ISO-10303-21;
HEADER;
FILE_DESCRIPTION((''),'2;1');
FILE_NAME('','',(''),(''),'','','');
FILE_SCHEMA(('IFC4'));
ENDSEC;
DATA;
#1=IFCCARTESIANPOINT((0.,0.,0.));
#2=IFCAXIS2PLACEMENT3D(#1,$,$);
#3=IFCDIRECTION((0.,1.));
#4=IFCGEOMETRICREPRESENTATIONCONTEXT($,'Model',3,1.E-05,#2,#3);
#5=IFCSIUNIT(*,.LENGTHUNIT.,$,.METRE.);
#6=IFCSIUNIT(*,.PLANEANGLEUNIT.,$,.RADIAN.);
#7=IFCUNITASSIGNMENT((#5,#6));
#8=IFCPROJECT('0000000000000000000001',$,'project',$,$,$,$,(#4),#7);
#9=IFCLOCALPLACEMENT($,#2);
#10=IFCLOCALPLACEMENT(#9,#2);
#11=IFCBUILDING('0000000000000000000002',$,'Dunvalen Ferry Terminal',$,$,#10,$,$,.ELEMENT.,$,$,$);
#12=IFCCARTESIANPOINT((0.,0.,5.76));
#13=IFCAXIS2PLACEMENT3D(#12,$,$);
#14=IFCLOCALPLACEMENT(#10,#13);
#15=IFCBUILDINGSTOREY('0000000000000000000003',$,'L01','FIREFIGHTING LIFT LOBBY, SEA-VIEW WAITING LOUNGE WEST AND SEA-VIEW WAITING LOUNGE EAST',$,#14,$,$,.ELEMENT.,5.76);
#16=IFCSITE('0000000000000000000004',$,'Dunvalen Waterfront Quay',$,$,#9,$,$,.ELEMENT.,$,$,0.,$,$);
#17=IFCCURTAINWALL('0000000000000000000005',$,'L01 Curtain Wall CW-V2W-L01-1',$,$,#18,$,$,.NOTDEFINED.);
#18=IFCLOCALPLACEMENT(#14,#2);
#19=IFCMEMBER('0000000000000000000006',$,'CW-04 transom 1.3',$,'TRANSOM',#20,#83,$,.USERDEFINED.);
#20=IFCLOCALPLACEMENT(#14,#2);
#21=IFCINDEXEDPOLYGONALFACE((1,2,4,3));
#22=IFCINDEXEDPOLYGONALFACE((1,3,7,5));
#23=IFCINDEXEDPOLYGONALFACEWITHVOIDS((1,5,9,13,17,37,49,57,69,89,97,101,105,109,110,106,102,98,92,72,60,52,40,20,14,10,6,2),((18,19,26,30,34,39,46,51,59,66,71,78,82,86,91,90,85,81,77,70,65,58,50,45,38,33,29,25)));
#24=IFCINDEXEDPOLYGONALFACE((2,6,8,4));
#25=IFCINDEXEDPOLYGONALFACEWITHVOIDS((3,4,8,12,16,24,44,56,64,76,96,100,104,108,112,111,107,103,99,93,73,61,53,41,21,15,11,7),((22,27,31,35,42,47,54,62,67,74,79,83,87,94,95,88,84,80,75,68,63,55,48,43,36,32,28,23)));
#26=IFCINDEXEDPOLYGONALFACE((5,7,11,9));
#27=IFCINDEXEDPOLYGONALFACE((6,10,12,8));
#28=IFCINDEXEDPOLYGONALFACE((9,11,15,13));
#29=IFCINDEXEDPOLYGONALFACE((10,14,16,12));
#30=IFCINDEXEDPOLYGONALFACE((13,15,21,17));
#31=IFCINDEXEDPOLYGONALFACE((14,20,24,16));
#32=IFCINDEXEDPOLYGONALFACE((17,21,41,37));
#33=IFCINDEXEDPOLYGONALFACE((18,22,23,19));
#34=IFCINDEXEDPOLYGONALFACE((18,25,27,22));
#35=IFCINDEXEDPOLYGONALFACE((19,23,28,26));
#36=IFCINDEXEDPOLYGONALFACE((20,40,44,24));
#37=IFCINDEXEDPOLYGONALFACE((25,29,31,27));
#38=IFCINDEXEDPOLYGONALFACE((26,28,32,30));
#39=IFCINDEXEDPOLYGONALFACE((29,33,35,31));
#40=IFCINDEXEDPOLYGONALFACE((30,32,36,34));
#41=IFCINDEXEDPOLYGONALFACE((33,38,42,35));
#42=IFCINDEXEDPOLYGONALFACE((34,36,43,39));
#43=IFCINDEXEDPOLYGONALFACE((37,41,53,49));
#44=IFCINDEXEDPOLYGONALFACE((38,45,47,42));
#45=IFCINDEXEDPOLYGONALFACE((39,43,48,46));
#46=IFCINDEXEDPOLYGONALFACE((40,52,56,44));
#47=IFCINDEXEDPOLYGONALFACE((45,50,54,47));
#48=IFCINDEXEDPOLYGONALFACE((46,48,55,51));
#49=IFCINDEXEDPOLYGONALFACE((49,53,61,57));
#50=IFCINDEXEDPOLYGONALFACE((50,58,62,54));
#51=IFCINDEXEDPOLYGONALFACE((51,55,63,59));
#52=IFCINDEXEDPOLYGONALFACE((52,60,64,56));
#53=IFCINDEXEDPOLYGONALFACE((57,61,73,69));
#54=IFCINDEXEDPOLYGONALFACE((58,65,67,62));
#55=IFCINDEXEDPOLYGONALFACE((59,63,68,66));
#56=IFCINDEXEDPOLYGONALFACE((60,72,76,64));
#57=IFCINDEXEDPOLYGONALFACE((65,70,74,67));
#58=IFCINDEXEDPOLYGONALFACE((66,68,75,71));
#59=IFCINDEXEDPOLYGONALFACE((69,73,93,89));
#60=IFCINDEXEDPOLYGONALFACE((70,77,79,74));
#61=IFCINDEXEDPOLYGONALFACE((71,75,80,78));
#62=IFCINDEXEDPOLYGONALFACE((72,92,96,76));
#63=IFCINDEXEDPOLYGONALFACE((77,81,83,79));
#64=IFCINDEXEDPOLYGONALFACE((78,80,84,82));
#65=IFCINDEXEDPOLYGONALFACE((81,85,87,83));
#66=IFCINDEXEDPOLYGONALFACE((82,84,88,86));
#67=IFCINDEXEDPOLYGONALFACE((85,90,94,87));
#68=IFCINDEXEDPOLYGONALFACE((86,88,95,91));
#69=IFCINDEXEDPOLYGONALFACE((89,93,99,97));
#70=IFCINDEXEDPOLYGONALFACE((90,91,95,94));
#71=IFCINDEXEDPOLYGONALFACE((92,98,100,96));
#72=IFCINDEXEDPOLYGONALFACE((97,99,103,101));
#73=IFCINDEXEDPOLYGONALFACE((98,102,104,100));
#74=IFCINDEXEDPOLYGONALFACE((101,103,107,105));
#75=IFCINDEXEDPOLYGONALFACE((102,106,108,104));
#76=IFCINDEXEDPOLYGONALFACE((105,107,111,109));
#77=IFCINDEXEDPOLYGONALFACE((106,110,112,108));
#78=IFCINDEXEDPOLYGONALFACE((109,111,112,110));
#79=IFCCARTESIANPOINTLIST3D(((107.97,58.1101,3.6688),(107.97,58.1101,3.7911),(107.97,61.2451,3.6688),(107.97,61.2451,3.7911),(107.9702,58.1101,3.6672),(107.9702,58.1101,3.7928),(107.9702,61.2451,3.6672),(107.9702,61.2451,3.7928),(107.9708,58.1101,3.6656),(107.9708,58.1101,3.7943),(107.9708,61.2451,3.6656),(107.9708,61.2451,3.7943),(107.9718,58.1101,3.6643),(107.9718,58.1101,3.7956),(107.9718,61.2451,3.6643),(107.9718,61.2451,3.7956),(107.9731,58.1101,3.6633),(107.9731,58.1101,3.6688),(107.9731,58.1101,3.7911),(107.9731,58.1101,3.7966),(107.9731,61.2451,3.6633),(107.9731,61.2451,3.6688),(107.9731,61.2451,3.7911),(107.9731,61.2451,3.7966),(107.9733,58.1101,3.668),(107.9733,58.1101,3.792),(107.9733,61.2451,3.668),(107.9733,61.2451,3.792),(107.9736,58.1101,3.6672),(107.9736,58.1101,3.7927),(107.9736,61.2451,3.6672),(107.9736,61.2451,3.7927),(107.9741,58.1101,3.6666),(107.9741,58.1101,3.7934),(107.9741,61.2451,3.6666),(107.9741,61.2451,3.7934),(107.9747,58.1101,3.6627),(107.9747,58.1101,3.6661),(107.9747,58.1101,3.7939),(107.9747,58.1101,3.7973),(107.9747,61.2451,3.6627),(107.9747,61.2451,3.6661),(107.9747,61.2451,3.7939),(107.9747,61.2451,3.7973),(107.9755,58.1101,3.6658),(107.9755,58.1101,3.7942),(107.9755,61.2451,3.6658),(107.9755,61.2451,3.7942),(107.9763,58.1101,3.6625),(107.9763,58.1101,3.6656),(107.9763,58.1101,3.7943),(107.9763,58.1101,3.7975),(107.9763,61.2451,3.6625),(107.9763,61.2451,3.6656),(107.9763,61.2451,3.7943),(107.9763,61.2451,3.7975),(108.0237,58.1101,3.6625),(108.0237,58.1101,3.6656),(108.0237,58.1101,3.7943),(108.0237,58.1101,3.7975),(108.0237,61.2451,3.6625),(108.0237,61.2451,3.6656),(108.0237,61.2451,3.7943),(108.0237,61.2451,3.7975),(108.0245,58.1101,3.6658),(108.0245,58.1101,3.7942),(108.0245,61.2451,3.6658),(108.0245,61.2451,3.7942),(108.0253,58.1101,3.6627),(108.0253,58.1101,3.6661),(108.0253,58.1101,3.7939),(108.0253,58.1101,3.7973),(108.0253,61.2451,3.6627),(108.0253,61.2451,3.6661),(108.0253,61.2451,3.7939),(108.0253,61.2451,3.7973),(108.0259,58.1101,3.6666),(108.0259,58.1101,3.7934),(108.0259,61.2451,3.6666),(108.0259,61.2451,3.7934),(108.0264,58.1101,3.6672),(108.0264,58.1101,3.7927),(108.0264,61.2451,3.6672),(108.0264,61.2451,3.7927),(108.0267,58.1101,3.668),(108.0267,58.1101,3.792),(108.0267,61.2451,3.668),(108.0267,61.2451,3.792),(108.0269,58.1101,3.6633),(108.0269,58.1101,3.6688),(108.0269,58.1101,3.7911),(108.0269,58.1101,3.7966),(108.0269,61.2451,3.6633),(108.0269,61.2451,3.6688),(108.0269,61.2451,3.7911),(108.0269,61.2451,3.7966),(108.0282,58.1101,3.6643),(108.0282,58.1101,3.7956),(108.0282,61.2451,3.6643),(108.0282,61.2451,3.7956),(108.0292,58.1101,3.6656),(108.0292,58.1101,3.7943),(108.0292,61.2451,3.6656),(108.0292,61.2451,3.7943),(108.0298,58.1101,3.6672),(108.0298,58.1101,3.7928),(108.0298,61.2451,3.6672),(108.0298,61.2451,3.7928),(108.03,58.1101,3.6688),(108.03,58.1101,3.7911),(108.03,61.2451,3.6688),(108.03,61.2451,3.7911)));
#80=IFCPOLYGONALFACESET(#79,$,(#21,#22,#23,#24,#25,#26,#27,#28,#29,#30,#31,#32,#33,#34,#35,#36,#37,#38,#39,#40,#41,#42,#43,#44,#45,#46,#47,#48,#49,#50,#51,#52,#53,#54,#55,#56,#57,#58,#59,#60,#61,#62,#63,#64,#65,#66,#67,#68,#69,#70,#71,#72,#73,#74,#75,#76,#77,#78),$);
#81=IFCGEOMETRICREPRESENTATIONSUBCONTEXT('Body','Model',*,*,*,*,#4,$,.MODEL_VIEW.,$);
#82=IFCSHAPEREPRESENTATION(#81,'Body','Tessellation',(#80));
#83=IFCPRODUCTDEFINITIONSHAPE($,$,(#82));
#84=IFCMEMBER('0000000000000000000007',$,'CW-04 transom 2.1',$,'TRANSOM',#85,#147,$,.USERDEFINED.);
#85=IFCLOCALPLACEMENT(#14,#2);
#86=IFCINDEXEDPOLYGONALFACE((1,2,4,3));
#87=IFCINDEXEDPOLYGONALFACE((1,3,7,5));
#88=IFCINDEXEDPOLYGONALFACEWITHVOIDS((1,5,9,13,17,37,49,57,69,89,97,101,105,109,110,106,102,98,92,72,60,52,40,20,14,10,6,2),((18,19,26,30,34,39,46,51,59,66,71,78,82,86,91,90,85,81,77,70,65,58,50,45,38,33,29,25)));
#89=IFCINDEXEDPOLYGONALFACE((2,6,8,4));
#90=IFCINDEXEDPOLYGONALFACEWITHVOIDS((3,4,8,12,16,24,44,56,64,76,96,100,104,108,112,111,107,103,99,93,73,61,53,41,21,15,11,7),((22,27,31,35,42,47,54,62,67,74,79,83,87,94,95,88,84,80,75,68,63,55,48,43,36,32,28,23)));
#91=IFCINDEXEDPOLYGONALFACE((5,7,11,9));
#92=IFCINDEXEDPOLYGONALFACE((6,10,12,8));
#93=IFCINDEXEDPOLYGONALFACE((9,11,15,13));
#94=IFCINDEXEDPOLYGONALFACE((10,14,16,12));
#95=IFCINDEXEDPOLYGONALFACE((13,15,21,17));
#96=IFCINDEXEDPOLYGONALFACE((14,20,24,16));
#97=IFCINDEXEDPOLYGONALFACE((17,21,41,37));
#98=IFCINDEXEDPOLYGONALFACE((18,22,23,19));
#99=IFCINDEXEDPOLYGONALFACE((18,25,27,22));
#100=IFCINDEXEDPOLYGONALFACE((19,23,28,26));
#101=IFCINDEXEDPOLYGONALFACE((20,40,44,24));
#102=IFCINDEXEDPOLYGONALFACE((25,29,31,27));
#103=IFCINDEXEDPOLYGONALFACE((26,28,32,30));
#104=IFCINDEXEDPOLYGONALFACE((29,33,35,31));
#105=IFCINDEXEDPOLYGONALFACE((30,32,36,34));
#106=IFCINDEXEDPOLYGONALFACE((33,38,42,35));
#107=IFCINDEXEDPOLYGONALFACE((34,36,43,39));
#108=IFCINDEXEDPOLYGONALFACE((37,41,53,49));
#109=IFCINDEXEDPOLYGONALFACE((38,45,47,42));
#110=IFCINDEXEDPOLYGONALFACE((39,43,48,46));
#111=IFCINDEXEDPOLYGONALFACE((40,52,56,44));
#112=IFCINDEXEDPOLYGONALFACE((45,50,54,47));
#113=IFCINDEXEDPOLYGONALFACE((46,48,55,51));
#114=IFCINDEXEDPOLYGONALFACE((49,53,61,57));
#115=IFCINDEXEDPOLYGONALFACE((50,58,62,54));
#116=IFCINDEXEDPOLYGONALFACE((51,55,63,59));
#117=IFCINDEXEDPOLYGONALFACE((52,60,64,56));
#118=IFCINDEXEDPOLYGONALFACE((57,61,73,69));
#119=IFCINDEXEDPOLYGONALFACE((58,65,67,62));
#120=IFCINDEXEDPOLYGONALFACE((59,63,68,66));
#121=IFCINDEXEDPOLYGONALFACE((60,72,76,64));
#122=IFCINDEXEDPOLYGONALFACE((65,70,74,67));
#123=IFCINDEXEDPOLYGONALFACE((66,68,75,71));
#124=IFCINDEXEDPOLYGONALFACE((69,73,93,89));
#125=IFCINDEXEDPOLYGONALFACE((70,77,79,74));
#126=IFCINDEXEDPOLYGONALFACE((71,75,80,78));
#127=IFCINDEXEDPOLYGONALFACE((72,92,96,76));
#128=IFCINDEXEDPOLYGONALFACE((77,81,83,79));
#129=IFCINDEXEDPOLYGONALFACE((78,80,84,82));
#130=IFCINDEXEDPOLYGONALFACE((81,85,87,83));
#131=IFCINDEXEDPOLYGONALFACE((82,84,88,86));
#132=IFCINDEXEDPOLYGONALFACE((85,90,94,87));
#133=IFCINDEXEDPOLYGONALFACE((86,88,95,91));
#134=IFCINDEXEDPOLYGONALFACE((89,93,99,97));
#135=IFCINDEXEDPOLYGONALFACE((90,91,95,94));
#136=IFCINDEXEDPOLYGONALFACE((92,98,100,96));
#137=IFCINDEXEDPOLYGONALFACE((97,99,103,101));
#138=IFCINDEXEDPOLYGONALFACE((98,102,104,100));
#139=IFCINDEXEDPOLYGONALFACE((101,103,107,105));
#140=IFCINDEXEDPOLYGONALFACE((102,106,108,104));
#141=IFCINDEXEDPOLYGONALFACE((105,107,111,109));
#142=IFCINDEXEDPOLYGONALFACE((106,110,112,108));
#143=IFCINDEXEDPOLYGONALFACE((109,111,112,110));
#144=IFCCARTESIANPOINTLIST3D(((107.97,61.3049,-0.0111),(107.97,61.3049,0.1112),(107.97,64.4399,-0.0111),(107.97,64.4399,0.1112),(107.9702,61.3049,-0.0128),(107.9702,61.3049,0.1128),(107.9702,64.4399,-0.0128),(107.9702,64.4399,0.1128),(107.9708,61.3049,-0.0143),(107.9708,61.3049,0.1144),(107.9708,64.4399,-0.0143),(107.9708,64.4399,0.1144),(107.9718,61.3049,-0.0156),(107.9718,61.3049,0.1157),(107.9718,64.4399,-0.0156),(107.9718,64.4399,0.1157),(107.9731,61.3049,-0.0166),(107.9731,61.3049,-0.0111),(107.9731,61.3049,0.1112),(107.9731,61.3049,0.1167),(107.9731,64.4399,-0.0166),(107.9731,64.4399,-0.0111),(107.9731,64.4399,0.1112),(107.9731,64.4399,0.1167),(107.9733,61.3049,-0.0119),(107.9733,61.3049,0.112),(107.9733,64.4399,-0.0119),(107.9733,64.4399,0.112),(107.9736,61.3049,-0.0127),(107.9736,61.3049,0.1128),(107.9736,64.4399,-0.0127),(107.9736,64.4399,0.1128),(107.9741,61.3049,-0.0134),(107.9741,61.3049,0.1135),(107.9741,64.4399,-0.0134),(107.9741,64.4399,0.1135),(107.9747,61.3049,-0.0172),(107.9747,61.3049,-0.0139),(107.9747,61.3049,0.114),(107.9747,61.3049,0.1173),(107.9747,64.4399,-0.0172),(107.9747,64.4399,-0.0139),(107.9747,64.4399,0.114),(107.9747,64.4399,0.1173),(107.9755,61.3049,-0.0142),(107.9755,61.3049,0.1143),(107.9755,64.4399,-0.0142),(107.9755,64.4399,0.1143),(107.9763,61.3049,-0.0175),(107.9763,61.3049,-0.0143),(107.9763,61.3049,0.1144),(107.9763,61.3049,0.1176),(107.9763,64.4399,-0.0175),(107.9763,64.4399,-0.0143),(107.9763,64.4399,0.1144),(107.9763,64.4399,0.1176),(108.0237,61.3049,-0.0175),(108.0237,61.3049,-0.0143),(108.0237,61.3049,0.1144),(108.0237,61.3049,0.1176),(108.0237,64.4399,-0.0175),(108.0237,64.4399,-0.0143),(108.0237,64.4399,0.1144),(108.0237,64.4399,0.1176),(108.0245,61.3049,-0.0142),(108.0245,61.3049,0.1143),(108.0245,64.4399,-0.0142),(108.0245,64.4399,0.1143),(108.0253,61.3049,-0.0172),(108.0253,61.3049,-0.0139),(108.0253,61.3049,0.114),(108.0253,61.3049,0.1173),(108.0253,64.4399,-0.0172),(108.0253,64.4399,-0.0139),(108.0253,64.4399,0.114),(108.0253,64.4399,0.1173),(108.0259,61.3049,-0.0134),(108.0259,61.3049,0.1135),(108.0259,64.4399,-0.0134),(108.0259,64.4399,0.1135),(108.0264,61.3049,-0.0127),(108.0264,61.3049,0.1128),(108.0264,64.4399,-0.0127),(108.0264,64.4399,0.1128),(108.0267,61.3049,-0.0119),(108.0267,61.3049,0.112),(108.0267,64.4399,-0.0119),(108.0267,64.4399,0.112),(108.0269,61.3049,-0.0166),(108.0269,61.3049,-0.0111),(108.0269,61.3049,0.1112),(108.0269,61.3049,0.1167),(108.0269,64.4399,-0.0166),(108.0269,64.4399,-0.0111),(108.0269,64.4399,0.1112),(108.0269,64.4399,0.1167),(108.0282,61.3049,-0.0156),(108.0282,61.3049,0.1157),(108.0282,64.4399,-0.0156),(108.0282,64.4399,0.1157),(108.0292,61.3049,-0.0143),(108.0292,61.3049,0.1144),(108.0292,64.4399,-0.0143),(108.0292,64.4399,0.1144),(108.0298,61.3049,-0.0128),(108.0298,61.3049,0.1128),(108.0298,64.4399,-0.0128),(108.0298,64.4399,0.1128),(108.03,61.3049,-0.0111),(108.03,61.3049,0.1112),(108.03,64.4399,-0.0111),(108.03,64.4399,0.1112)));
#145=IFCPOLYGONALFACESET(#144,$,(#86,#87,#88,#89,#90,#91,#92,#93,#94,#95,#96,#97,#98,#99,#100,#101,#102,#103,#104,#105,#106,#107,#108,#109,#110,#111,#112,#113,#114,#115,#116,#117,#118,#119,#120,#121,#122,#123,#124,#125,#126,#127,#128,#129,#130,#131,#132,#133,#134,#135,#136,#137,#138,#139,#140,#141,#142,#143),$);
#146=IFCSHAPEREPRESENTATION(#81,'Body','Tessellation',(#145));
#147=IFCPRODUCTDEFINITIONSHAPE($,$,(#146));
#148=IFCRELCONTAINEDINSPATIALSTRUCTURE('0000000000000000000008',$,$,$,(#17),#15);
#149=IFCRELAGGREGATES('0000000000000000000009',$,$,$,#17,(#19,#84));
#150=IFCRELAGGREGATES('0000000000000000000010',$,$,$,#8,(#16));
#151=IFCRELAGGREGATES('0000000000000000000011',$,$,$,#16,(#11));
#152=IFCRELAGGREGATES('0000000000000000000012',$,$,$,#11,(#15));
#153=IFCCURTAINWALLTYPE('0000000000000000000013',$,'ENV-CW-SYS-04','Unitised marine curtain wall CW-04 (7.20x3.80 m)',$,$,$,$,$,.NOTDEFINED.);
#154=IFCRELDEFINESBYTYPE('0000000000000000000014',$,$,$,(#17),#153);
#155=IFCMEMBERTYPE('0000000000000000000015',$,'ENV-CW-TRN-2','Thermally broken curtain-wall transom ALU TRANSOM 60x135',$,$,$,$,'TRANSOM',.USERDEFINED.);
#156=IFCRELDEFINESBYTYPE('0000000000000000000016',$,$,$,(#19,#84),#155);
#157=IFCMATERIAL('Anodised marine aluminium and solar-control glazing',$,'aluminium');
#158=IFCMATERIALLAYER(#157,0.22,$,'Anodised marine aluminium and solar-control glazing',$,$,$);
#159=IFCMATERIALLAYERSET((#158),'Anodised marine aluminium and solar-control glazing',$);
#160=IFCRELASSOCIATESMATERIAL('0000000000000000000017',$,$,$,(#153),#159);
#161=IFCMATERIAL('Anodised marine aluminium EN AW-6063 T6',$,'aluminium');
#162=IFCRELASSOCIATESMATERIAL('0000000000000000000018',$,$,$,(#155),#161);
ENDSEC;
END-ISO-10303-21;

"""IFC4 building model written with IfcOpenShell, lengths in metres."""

from ifc_helpers import new_model, si_unit, direction, frame, origin, origin_2d, place, context, subcontext, project, spatial, hollow_rectangle, extrude, material, layer, layer_set, material_profile, profile_set, type_object, element, aggregate, save


model = new_model("IFC4")

# Units and contexts
model_context = context("Model", 3, precision=1e-05, world=origin(), true_north=direction((0.0, 1.0)))
body_context = subcontext(model_context, "Body", "Model", "MODEL_VIEW")
ifc_project = project(units=[si_unit("LENGTHUNIT", "METRE"), si_unit("PLANEANGLEUNIT", "RADIAN")], contexts=[model_context])

# Site, building, storey
site_placement = place(None, origin())
site = spatial("IfcSite", under=ifc_project, at=site_placement, Name="Dunvalen Waterfront Quay", CompositionType="ELEMENT", RefElevation=0.0)
building_placement = place(site_placement, origin())
building = spatial("IfcBuilding", under=site, at=building_placement, Name="Dunvalen Ferry Terminal", CompositionType="ELEMENT")
storey_placement = place(building_placement, frame((0.0, 0.0, 5.76)))
storey = spatial("IfcBuildingStorey", under=building, at=storey_placement, Name="L01", Description="FIREFIGHTING LIFT LOBBY, SEA-VIEW WAITING LOUNGE WEST AND SEA-VIEW WAITING LOUNGE EAST", CompositionType="ELEMENT", Elevation=5.76)

# Shared definitions
ifc_material_1 = material(Name="Anodised marine aluminium and solar-control glazing", Category="aluminium")
ifc_layer_1 = layer(ifc_material_1, 0.22, Name="Anodised marine aluminium and solar-control glazing")
ifc_layer_set_1 = layer_set([ifc_layer_1], Name="Anodised marine aluminium and solar-control glazing")
curtain_wall_type = type_object("IfcCurtainWallType", Name="ENV-CW-SYS-04", Description="Unitised marine curtain wall CW-04 (7.20x3.80 m)", PredefinedType="NOTDEFINED", material=ifc_layer_set_1)
ifc_material_2 = material(Name="Anodised marine aluminium EN AW-6063 T6", Category="aluminium")

# Curtain wall
curtain_wall_1_placement = place(storey_placement, origin())
curtain_wall_1 = element("IfcCurtainWall", 1, at=curtain_wall_1_placement, inside=storey, type_object=curtain_wall_type, Name="L01 Curtain Wall CW-V2W-L01-1", PredefinedType="NOTDEFINED")

# Members
ifc_material_profile_1 = material_profile(ifc_material_2, hollow_rectangle(XDim=0.0601, YDim=0.135, WallThickness=0.0032, InnerFilletRadius=0.0032, OuterFilletRadius=0.0063, at=origin_2d()), Name="Anodised marine aluminium EN AW-6063 T6")
ifc_profile_set_1 = profile_set([ifc_material_profile_1], Name="Anodised marine aluminium EN AW-6063 T6")
member_type_1 = type_object("IfcMemberType", Name="ENV-CW-TRN-2", Description="Thermally broken curtain-wall transom ALU TRANSOM 60x135", ElementType="TRANSOM", PredefinedType="USERDEFINED", material=ifc_profile_set_1)
member_1_placement = place(storey_placement, frame((108.0, 58.1101, 3.73), z_axis=(0.0, 1.0, 0.0), x_axis=(-1.0, 0.0, 0.0)))
member_1 = element("IfcMember", 2, at=member_1_placement, type_object=member_type_1, Name="CW-04 transom 1.3", ObjectType="TRANSOM", PredefinedType="USERDEFINED", context=body_context, shape_type="SweptSolid", body=[
    extrude(hollow_rectangle(XDim=0.0601, YDim=0.135, WallThickness=0.0032, InnerFilletRadius=0.0032, OuterFilletRadius=0.0063, at=origin_2d()), origin(), (0.0, 0.0, 1.0), 3.135),
])
member_2_placement = place(storey_placement, frame((108.0, 61.3049, 0.05), z_axis=(0.0, 1.0, 0.0), x_axis=(-1.0, 0.0, 0.0)))
member_2 = element("IfcMember", 3, at=member_2_placement, type_object=member_type_1, Name="CW-04 transom 2.1", ObjectType="TRANSOM", PredefinedType="USERDEFINED", context=body_context, shape_type="SweptSolid", body=[
    extrude(hollow_rectangle(XDim=0.0601, YDim=0.135, WallThickness=0.0032, InnerFilletRadius=0.0032, OuterFilletRadius=0.0063, at=origin_2d()), origin(), (0.0, 0.0, 1.0), 3.135),
])

aggregate(curtain_wall_1, [member_1, member_2])

save(model, "model.ifc")
